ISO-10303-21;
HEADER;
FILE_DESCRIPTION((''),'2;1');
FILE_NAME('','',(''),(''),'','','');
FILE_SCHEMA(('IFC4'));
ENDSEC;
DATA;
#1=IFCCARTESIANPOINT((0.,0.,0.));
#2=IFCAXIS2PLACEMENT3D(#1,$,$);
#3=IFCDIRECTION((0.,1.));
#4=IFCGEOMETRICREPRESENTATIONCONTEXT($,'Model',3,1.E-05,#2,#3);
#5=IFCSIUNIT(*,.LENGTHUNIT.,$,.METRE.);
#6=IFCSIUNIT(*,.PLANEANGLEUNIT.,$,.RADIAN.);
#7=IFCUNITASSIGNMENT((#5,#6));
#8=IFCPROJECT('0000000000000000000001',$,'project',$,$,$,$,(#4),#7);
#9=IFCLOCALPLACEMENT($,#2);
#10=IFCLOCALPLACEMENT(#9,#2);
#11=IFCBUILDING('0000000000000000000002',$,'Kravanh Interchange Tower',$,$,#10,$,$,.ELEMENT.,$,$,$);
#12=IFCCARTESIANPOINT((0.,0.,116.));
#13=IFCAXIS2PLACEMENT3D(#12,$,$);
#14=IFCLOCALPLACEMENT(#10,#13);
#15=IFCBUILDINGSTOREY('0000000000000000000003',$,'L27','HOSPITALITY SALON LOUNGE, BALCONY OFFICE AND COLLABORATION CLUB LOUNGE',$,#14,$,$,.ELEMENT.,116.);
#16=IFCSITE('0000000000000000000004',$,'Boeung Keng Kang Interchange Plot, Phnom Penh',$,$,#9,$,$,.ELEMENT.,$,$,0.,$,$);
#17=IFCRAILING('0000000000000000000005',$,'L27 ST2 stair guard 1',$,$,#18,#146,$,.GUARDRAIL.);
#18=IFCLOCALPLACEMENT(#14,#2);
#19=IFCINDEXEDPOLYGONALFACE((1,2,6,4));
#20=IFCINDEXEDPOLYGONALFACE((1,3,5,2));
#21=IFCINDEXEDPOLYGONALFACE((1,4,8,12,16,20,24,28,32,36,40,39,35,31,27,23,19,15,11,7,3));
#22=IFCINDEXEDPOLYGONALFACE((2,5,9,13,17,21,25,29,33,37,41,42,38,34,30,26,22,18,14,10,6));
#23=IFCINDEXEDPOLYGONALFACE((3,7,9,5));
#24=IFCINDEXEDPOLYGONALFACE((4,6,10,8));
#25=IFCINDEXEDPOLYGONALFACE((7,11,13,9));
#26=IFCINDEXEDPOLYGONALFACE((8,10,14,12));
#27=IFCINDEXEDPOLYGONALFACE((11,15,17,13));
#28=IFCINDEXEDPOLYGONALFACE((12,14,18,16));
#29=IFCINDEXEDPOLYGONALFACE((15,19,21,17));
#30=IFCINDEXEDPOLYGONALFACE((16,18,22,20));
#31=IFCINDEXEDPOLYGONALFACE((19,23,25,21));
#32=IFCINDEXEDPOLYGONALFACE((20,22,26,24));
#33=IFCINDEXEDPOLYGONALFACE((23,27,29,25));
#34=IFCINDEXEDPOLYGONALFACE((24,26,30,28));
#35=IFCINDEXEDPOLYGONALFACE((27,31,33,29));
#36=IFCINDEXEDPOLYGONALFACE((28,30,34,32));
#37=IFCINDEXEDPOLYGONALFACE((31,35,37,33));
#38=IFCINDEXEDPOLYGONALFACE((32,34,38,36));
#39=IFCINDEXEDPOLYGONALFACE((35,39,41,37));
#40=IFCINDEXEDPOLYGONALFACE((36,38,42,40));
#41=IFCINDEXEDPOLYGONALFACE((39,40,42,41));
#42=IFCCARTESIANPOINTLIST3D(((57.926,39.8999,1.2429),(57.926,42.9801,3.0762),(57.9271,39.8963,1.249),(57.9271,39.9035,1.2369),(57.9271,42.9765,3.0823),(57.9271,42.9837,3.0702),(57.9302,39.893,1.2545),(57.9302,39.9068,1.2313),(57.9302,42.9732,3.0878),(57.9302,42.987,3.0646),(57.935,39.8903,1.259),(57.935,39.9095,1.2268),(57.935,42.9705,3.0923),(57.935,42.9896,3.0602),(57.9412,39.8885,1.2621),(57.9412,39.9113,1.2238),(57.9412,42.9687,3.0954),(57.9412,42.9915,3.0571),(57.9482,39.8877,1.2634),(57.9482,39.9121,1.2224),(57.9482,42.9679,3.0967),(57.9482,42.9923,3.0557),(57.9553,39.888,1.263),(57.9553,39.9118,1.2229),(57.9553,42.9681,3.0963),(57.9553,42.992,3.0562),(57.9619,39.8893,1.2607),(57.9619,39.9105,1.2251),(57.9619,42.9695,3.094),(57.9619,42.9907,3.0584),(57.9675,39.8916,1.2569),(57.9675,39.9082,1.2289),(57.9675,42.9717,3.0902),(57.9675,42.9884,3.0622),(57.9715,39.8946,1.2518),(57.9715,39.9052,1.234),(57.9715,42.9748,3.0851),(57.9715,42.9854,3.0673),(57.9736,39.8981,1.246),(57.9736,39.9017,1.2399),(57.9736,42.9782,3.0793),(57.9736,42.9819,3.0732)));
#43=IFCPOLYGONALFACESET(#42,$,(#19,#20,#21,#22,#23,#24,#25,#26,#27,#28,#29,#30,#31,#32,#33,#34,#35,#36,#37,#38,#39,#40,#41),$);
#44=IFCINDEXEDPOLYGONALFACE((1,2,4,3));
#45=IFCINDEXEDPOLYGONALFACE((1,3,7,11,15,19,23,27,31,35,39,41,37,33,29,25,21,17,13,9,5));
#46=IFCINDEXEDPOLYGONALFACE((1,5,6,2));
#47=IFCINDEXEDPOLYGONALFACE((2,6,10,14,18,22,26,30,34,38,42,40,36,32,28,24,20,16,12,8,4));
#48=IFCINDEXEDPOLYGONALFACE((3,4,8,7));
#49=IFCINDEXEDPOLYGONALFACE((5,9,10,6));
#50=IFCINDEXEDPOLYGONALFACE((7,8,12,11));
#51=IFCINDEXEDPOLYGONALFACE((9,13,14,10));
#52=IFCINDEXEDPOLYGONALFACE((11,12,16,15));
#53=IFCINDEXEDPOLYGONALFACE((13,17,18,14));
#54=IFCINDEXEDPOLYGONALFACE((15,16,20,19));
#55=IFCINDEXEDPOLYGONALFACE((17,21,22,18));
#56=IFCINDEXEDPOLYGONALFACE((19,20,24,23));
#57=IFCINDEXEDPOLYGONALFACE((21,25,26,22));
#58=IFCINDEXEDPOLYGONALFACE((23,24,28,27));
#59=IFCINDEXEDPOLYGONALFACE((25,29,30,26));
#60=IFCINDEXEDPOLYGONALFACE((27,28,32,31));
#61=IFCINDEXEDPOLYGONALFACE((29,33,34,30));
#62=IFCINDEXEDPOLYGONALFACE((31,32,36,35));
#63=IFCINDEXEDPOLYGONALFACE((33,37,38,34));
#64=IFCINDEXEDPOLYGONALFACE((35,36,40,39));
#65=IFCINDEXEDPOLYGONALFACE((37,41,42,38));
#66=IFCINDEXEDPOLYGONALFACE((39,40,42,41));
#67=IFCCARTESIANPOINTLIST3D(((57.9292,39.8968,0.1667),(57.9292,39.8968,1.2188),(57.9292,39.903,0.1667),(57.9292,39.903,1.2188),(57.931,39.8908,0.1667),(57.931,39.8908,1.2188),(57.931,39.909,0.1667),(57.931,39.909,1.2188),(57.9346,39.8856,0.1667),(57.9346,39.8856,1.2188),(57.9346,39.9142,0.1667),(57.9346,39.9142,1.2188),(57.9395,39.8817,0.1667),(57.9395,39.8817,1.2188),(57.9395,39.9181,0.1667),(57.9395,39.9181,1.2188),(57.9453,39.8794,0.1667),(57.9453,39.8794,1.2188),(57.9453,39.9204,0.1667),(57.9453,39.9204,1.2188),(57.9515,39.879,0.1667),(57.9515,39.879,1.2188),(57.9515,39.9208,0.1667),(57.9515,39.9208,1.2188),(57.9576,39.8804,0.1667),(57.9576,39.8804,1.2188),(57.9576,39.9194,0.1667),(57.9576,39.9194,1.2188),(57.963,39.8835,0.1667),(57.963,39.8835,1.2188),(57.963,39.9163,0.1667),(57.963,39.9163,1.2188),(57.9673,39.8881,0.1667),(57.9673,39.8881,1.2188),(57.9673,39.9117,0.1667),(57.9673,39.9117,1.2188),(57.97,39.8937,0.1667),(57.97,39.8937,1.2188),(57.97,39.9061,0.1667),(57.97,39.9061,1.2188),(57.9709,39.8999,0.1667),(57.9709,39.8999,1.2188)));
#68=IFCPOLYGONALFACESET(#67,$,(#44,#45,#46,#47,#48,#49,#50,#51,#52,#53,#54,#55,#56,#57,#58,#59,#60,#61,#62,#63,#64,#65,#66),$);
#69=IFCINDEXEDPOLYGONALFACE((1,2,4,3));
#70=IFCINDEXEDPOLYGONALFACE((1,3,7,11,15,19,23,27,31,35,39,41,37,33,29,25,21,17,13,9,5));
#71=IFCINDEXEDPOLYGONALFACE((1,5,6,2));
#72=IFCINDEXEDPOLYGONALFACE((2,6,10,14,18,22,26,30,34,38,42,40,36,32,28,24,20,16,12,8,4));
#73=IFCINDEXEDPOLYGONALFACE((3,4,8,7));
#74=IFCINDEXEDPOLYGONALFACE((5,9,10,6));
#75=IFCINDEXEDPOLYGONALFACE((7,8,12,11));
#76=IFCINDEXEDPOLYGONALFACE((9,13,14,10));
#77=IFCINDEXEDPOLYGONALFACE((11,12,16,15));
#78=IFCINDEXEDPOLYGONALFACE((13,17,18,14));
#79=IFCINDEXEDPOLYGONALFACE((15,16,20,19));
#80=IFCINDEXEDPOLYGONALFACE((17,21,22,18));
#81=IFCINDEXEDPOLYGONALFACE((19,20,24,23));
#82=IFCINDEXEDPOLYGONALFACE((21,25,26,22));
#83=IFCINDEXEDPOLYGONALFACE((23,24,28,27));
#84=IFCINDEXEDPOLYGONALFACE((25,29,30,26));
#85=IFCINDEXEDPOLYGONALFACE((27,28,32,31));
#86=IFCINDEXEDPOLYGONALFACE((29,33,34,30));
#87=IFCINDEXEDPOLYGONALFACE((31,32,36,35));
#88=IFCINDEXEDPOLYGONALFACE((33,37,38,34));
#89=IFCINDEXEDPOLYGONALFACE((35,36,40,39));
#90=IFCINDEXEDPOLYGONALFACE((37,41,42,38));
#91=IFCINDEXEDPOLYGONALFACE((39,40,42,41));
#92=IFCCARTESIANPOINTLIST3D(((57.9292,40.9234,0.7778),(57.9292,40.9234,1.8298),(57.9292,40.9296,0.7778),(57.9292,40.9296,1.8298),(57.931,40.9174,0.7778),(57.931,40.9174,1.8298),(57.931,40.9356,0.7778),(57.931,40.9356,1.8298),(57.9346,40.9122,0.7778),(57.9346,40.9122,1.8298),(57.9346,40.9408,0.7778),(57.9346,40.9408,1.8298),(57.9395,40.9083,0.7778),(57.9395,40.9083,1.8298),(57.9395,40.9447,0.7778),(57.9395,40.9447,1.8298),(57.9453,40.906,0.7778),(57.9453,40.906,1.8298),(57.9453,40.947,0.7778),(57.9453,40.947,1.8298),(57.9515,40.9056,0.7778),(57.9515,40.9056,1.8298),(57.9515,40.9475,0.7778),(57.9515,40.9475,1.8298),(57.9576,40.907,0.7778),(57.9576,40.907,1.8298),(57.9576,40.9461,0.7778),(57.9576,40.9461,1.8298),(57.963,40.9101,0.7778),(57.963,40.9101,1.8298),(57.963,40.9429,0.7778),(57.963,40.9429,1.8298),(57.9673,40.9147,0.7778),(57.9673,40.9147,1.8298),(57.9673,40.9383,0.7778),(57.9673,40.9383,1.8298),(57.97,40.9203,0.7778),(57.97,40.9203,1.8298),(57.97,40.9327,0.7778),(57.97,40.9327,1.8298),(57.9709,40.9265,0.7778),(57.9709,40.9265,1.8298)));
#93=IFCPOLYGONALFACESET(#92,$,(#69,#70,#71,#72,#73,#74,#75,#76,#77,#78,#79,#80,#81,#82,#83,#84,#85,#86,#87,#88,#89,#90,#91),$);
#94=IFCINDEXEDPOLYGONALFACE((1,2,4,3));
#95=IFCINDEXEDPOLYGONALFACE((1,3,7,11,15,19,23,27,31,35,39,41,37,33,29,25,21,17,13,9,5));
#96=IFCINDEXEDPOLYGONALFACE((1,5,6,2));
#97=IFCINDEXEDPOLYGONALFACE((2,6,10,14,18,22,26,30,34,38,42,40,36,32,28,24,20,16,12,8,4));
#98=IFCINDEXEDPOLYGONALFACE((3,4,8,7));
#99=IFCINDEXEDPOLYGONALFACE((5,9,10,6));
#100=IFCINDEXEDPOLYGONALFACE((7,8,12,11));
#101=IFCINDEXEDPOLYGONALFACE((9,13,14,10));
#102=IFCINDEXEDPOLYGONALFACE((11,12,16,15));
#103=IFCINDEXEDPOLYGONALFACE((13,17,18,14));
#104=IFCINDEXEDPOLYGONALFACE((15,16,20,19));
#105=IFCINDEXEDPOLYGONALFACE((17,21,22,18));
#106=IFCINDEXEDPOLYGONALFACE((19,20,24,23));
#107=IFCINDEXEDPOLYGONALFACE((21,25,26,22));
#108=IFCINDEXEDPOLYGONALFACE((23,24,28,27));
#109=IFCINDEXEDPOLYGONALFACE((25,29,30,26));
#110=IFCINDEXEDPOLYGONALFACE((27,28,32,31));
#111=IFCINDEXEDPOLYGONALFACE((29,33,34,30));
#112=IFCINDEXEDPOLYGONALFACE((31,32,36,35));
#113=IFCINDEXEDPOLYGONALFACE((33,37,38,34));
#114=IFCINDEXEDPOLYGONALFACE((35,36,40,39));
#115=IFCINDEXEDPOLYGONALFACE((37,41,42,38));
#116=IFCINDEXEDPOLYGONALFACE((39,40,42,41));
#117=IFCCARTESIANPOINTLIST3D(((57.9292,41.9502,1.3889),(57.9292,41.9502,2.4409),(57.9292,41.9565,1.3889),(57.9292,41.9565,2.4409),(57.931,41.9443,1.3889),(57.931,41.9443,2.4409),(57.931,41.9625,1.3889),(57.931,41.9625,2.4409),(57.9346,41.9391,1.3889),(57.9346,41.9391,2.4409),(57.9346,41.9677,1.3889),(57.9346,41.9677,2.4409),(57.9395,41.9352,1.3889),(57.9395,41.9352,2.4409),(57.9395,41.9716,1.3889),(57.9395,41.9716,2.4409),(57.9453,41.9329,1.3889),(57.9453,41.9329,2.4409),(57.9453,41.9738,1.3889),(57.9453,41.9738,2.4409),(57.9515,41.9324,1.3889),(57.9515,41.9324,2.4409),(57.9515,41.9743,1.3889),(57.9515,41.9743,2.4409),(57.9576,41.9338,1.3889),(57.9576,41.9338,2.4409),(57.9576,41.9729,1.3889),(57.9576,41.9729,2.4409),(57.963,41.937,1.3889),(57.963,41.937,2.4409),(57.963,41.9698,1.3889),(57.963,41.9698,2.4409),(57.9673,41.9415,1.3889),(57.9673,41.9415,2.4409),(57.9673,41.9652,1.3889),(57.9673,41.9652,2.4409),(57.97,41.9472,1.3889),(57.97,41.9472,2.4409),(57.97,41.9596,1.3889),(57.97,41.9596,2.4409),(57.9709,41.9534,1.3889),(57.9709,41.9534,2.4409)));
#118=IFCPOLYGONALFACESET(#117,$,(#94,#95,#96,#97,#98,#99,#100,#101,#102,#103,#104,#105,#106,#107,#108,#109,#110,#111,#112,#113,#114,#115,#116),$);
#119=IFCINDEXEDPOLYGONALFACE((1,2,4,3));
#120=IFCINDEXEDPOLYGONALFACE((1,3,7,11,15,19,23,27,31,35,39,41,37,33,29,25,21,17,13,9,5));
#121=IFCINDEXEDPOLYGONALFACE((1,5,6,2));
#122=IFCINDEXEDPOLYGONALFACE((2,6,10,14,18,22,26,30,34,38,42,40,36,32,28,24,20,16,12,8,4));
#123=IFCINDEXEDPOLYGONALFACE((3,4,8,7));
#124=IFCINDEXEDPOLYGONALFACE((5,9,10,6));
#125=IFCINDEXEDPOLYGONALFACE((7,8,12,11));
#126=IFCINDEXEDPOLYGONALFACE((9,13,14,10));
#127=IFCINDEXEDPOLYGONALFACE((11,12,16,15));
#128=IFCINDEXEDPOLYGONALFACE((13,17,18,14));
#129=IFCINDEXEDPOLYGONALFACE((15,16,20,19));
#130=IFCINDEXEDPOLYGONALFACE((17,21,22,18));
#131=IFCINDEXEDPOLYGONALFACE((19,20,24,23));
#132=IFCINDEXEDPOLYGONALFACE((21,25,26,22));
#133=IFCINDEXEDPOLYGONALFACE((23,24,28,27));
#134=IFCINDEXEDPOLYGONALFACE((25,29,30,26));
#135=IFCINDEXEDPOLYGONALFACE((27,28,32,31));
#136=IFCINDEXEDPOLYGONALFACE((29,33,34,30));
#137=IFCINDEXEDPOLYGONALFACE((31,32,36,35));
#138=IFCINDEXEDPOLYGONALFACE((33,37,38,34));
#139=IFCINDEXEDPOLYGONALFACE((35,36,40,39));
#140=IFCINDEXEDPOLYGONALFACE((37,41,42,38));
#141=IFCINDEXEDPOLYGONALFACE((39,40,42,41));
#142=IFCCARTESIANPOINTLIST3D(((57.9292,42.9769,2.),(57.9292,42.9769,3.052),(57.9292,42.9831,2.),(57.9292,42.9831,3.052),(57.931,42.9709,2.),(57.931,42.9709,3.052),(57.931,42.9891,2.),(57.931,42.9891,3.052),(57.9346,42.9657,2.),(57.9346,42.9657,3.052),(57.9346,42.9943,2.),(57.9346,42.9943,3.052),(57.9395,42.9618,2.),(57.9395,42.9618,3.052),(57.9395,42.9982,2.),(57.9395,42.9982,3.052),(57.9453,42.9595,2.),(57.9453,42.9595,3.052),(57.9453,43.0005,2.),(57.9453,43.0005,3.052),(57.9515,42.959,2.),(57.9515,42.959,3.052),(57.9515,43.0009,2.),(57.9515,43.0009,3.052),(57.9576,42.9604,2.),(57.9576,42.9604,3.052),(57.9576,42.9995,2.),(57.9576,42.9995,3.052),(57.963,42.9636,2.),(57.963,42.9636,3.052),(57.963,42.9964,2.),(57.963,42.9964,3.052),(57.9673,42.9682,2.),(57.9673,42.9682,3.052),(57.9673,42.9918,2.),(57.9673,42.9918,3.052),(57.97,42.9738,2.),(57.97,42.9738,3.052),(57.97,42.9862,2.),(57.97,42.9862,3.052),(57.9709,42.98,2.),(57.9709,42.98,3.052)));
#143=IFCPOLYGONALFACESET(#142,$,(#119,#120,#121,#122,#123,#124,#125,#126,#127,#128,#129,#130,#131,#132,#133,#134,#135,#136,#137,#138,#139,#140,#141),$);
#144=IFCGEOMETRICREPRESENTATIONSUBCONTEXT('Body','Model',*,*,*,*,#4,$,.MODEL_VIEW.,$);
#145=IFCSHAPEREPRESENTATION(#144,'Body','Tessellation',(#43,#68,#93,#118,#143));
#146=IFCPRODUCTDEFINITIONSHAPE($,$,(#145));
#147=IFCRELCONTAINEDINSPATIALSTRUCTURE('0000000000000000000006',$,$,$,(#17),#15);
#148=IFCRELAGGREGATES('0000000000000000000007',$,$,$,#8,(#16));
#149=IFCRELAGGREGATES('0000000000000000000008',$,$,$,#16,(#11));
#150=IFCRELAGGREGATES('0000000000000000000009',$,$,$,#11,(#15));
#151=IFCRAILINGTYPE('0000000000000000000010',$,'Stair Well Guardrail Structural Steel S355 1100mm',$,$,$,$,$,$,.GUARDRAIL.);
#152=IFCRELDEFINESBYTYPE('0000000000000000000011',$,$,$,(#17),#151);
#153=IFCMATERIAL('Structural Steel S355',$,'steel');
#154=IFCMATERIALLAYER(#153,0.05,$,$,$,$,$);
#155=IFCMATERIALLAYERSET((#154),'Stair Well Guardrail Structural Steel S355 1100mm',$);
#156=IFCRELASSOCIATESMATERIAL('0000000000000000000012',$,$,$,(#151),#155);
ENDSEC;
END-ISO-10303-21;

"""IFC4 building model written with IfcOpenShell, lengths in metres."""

from ifc_helpers import new_model, si_unit, direction, frame, origin, origin_2d, place, context, subcontext, project, spatial, circle, extrude, material, layer, layer_set, type_object, element, save


model = new_model("IFC4")

# Units and contexts
model_context = context("Model", 3, precision=1e-05, world=origin(), true_north=direction((0.0, 1.0)))
body_context = subcontext(model_context, "Body", "Model", "MODEL_VIEW")
ifc_project = project(units=[si_unit("LENGTHUNIT", "METRE"), si_unit("PLANEANGLEUNIT", "RADIAN")], contexts=[model_context])

# Site, building, storey
site_placement = place(None, origin())
site = spatial("IfcSite", under=ifc_project, at=site_placement, Name="Boeung Keng Kang Interchange Plot, Phnom Penh", CompositionType="ELEMENT", RefElevation=0.0)
building_placement = place(site_placement, origin())
building = spatial("IfcBuilding", under=site, at=building_placement, Name="Kravanh Interchange Tower", CompositionType="ELEMENT")
storey_placement = place(building_placement, frame((0.0, 0.0, 116.0)))
storey = spatial("IfcBuildingStorey", under=building, at=storey_placement, Name="L27", Description="HOSPITALITY SALON LOUNGE, BALCONY OFFICE AND COLLABORATION CLUB LOUNGE", CompositionType="ELEMENT", Elevation=116.0)

# Railing
ifc_material_1 = material(Name="Structural Steel S355", Category="steel")
ifc_layer_1 = layer(ifc_material_1, 0.05)
ifc_layer_set_1 = layer_set([ifc_layer_1], Name="Stair Well Guardrail Structural Steel S355 1100mm")
railing_type_1 = type_object("IfcRailingType", Name="Stair Well Guardrail Structural Steel S355 1100mm", PredefinedType="GUARDRAIL", material=ifc_layer_set_1)
railing_1_placement = place(storey_placement, frame((57.95, 39.8999, 0.1667)))
element("IfcRailing", 1, at=railing_1_placement, inside=storey, type_object=railing_type_1, Name="L27 ST2 stair guard 1", PredefinedType="GUARDRAIL", context=body_context, shape_type="SweptSolid", body=[
    extrude(circle(Radius=0.0239, at=origin_2d()), frame((0.0, 0.0, 1.0762), z_axis=(0.0, 0.859309, 0.511458), x_axis=(-1.0, 0.0, 0.0)), (0.0, 0.0, 1.0), 3.5845),
    extrude(circle(Radius=0.021, at=origin_2d()), origin(), (0.0, 0.0, 1.0), 1.052),
    extrude(circle(Radius=0.021, at=origin_2d()), frame((0.0, 1.0266, 0.6111)), (0.0, 0.0, 1.0), 1.052),
    extrude(circle(Radius=0.021, at=origin_2d()), frame((0.0, 2.0535, 1.2222)), (0.0, 0.0, 1.0), 1.052),
    extrude(circle(Radius=0.021, at=origin_2d()), frame((0.0, 3.0801, 1.8333)), (0.0, 0.0, 1.0), 1.052),
])

save(model, "model.ifc")
